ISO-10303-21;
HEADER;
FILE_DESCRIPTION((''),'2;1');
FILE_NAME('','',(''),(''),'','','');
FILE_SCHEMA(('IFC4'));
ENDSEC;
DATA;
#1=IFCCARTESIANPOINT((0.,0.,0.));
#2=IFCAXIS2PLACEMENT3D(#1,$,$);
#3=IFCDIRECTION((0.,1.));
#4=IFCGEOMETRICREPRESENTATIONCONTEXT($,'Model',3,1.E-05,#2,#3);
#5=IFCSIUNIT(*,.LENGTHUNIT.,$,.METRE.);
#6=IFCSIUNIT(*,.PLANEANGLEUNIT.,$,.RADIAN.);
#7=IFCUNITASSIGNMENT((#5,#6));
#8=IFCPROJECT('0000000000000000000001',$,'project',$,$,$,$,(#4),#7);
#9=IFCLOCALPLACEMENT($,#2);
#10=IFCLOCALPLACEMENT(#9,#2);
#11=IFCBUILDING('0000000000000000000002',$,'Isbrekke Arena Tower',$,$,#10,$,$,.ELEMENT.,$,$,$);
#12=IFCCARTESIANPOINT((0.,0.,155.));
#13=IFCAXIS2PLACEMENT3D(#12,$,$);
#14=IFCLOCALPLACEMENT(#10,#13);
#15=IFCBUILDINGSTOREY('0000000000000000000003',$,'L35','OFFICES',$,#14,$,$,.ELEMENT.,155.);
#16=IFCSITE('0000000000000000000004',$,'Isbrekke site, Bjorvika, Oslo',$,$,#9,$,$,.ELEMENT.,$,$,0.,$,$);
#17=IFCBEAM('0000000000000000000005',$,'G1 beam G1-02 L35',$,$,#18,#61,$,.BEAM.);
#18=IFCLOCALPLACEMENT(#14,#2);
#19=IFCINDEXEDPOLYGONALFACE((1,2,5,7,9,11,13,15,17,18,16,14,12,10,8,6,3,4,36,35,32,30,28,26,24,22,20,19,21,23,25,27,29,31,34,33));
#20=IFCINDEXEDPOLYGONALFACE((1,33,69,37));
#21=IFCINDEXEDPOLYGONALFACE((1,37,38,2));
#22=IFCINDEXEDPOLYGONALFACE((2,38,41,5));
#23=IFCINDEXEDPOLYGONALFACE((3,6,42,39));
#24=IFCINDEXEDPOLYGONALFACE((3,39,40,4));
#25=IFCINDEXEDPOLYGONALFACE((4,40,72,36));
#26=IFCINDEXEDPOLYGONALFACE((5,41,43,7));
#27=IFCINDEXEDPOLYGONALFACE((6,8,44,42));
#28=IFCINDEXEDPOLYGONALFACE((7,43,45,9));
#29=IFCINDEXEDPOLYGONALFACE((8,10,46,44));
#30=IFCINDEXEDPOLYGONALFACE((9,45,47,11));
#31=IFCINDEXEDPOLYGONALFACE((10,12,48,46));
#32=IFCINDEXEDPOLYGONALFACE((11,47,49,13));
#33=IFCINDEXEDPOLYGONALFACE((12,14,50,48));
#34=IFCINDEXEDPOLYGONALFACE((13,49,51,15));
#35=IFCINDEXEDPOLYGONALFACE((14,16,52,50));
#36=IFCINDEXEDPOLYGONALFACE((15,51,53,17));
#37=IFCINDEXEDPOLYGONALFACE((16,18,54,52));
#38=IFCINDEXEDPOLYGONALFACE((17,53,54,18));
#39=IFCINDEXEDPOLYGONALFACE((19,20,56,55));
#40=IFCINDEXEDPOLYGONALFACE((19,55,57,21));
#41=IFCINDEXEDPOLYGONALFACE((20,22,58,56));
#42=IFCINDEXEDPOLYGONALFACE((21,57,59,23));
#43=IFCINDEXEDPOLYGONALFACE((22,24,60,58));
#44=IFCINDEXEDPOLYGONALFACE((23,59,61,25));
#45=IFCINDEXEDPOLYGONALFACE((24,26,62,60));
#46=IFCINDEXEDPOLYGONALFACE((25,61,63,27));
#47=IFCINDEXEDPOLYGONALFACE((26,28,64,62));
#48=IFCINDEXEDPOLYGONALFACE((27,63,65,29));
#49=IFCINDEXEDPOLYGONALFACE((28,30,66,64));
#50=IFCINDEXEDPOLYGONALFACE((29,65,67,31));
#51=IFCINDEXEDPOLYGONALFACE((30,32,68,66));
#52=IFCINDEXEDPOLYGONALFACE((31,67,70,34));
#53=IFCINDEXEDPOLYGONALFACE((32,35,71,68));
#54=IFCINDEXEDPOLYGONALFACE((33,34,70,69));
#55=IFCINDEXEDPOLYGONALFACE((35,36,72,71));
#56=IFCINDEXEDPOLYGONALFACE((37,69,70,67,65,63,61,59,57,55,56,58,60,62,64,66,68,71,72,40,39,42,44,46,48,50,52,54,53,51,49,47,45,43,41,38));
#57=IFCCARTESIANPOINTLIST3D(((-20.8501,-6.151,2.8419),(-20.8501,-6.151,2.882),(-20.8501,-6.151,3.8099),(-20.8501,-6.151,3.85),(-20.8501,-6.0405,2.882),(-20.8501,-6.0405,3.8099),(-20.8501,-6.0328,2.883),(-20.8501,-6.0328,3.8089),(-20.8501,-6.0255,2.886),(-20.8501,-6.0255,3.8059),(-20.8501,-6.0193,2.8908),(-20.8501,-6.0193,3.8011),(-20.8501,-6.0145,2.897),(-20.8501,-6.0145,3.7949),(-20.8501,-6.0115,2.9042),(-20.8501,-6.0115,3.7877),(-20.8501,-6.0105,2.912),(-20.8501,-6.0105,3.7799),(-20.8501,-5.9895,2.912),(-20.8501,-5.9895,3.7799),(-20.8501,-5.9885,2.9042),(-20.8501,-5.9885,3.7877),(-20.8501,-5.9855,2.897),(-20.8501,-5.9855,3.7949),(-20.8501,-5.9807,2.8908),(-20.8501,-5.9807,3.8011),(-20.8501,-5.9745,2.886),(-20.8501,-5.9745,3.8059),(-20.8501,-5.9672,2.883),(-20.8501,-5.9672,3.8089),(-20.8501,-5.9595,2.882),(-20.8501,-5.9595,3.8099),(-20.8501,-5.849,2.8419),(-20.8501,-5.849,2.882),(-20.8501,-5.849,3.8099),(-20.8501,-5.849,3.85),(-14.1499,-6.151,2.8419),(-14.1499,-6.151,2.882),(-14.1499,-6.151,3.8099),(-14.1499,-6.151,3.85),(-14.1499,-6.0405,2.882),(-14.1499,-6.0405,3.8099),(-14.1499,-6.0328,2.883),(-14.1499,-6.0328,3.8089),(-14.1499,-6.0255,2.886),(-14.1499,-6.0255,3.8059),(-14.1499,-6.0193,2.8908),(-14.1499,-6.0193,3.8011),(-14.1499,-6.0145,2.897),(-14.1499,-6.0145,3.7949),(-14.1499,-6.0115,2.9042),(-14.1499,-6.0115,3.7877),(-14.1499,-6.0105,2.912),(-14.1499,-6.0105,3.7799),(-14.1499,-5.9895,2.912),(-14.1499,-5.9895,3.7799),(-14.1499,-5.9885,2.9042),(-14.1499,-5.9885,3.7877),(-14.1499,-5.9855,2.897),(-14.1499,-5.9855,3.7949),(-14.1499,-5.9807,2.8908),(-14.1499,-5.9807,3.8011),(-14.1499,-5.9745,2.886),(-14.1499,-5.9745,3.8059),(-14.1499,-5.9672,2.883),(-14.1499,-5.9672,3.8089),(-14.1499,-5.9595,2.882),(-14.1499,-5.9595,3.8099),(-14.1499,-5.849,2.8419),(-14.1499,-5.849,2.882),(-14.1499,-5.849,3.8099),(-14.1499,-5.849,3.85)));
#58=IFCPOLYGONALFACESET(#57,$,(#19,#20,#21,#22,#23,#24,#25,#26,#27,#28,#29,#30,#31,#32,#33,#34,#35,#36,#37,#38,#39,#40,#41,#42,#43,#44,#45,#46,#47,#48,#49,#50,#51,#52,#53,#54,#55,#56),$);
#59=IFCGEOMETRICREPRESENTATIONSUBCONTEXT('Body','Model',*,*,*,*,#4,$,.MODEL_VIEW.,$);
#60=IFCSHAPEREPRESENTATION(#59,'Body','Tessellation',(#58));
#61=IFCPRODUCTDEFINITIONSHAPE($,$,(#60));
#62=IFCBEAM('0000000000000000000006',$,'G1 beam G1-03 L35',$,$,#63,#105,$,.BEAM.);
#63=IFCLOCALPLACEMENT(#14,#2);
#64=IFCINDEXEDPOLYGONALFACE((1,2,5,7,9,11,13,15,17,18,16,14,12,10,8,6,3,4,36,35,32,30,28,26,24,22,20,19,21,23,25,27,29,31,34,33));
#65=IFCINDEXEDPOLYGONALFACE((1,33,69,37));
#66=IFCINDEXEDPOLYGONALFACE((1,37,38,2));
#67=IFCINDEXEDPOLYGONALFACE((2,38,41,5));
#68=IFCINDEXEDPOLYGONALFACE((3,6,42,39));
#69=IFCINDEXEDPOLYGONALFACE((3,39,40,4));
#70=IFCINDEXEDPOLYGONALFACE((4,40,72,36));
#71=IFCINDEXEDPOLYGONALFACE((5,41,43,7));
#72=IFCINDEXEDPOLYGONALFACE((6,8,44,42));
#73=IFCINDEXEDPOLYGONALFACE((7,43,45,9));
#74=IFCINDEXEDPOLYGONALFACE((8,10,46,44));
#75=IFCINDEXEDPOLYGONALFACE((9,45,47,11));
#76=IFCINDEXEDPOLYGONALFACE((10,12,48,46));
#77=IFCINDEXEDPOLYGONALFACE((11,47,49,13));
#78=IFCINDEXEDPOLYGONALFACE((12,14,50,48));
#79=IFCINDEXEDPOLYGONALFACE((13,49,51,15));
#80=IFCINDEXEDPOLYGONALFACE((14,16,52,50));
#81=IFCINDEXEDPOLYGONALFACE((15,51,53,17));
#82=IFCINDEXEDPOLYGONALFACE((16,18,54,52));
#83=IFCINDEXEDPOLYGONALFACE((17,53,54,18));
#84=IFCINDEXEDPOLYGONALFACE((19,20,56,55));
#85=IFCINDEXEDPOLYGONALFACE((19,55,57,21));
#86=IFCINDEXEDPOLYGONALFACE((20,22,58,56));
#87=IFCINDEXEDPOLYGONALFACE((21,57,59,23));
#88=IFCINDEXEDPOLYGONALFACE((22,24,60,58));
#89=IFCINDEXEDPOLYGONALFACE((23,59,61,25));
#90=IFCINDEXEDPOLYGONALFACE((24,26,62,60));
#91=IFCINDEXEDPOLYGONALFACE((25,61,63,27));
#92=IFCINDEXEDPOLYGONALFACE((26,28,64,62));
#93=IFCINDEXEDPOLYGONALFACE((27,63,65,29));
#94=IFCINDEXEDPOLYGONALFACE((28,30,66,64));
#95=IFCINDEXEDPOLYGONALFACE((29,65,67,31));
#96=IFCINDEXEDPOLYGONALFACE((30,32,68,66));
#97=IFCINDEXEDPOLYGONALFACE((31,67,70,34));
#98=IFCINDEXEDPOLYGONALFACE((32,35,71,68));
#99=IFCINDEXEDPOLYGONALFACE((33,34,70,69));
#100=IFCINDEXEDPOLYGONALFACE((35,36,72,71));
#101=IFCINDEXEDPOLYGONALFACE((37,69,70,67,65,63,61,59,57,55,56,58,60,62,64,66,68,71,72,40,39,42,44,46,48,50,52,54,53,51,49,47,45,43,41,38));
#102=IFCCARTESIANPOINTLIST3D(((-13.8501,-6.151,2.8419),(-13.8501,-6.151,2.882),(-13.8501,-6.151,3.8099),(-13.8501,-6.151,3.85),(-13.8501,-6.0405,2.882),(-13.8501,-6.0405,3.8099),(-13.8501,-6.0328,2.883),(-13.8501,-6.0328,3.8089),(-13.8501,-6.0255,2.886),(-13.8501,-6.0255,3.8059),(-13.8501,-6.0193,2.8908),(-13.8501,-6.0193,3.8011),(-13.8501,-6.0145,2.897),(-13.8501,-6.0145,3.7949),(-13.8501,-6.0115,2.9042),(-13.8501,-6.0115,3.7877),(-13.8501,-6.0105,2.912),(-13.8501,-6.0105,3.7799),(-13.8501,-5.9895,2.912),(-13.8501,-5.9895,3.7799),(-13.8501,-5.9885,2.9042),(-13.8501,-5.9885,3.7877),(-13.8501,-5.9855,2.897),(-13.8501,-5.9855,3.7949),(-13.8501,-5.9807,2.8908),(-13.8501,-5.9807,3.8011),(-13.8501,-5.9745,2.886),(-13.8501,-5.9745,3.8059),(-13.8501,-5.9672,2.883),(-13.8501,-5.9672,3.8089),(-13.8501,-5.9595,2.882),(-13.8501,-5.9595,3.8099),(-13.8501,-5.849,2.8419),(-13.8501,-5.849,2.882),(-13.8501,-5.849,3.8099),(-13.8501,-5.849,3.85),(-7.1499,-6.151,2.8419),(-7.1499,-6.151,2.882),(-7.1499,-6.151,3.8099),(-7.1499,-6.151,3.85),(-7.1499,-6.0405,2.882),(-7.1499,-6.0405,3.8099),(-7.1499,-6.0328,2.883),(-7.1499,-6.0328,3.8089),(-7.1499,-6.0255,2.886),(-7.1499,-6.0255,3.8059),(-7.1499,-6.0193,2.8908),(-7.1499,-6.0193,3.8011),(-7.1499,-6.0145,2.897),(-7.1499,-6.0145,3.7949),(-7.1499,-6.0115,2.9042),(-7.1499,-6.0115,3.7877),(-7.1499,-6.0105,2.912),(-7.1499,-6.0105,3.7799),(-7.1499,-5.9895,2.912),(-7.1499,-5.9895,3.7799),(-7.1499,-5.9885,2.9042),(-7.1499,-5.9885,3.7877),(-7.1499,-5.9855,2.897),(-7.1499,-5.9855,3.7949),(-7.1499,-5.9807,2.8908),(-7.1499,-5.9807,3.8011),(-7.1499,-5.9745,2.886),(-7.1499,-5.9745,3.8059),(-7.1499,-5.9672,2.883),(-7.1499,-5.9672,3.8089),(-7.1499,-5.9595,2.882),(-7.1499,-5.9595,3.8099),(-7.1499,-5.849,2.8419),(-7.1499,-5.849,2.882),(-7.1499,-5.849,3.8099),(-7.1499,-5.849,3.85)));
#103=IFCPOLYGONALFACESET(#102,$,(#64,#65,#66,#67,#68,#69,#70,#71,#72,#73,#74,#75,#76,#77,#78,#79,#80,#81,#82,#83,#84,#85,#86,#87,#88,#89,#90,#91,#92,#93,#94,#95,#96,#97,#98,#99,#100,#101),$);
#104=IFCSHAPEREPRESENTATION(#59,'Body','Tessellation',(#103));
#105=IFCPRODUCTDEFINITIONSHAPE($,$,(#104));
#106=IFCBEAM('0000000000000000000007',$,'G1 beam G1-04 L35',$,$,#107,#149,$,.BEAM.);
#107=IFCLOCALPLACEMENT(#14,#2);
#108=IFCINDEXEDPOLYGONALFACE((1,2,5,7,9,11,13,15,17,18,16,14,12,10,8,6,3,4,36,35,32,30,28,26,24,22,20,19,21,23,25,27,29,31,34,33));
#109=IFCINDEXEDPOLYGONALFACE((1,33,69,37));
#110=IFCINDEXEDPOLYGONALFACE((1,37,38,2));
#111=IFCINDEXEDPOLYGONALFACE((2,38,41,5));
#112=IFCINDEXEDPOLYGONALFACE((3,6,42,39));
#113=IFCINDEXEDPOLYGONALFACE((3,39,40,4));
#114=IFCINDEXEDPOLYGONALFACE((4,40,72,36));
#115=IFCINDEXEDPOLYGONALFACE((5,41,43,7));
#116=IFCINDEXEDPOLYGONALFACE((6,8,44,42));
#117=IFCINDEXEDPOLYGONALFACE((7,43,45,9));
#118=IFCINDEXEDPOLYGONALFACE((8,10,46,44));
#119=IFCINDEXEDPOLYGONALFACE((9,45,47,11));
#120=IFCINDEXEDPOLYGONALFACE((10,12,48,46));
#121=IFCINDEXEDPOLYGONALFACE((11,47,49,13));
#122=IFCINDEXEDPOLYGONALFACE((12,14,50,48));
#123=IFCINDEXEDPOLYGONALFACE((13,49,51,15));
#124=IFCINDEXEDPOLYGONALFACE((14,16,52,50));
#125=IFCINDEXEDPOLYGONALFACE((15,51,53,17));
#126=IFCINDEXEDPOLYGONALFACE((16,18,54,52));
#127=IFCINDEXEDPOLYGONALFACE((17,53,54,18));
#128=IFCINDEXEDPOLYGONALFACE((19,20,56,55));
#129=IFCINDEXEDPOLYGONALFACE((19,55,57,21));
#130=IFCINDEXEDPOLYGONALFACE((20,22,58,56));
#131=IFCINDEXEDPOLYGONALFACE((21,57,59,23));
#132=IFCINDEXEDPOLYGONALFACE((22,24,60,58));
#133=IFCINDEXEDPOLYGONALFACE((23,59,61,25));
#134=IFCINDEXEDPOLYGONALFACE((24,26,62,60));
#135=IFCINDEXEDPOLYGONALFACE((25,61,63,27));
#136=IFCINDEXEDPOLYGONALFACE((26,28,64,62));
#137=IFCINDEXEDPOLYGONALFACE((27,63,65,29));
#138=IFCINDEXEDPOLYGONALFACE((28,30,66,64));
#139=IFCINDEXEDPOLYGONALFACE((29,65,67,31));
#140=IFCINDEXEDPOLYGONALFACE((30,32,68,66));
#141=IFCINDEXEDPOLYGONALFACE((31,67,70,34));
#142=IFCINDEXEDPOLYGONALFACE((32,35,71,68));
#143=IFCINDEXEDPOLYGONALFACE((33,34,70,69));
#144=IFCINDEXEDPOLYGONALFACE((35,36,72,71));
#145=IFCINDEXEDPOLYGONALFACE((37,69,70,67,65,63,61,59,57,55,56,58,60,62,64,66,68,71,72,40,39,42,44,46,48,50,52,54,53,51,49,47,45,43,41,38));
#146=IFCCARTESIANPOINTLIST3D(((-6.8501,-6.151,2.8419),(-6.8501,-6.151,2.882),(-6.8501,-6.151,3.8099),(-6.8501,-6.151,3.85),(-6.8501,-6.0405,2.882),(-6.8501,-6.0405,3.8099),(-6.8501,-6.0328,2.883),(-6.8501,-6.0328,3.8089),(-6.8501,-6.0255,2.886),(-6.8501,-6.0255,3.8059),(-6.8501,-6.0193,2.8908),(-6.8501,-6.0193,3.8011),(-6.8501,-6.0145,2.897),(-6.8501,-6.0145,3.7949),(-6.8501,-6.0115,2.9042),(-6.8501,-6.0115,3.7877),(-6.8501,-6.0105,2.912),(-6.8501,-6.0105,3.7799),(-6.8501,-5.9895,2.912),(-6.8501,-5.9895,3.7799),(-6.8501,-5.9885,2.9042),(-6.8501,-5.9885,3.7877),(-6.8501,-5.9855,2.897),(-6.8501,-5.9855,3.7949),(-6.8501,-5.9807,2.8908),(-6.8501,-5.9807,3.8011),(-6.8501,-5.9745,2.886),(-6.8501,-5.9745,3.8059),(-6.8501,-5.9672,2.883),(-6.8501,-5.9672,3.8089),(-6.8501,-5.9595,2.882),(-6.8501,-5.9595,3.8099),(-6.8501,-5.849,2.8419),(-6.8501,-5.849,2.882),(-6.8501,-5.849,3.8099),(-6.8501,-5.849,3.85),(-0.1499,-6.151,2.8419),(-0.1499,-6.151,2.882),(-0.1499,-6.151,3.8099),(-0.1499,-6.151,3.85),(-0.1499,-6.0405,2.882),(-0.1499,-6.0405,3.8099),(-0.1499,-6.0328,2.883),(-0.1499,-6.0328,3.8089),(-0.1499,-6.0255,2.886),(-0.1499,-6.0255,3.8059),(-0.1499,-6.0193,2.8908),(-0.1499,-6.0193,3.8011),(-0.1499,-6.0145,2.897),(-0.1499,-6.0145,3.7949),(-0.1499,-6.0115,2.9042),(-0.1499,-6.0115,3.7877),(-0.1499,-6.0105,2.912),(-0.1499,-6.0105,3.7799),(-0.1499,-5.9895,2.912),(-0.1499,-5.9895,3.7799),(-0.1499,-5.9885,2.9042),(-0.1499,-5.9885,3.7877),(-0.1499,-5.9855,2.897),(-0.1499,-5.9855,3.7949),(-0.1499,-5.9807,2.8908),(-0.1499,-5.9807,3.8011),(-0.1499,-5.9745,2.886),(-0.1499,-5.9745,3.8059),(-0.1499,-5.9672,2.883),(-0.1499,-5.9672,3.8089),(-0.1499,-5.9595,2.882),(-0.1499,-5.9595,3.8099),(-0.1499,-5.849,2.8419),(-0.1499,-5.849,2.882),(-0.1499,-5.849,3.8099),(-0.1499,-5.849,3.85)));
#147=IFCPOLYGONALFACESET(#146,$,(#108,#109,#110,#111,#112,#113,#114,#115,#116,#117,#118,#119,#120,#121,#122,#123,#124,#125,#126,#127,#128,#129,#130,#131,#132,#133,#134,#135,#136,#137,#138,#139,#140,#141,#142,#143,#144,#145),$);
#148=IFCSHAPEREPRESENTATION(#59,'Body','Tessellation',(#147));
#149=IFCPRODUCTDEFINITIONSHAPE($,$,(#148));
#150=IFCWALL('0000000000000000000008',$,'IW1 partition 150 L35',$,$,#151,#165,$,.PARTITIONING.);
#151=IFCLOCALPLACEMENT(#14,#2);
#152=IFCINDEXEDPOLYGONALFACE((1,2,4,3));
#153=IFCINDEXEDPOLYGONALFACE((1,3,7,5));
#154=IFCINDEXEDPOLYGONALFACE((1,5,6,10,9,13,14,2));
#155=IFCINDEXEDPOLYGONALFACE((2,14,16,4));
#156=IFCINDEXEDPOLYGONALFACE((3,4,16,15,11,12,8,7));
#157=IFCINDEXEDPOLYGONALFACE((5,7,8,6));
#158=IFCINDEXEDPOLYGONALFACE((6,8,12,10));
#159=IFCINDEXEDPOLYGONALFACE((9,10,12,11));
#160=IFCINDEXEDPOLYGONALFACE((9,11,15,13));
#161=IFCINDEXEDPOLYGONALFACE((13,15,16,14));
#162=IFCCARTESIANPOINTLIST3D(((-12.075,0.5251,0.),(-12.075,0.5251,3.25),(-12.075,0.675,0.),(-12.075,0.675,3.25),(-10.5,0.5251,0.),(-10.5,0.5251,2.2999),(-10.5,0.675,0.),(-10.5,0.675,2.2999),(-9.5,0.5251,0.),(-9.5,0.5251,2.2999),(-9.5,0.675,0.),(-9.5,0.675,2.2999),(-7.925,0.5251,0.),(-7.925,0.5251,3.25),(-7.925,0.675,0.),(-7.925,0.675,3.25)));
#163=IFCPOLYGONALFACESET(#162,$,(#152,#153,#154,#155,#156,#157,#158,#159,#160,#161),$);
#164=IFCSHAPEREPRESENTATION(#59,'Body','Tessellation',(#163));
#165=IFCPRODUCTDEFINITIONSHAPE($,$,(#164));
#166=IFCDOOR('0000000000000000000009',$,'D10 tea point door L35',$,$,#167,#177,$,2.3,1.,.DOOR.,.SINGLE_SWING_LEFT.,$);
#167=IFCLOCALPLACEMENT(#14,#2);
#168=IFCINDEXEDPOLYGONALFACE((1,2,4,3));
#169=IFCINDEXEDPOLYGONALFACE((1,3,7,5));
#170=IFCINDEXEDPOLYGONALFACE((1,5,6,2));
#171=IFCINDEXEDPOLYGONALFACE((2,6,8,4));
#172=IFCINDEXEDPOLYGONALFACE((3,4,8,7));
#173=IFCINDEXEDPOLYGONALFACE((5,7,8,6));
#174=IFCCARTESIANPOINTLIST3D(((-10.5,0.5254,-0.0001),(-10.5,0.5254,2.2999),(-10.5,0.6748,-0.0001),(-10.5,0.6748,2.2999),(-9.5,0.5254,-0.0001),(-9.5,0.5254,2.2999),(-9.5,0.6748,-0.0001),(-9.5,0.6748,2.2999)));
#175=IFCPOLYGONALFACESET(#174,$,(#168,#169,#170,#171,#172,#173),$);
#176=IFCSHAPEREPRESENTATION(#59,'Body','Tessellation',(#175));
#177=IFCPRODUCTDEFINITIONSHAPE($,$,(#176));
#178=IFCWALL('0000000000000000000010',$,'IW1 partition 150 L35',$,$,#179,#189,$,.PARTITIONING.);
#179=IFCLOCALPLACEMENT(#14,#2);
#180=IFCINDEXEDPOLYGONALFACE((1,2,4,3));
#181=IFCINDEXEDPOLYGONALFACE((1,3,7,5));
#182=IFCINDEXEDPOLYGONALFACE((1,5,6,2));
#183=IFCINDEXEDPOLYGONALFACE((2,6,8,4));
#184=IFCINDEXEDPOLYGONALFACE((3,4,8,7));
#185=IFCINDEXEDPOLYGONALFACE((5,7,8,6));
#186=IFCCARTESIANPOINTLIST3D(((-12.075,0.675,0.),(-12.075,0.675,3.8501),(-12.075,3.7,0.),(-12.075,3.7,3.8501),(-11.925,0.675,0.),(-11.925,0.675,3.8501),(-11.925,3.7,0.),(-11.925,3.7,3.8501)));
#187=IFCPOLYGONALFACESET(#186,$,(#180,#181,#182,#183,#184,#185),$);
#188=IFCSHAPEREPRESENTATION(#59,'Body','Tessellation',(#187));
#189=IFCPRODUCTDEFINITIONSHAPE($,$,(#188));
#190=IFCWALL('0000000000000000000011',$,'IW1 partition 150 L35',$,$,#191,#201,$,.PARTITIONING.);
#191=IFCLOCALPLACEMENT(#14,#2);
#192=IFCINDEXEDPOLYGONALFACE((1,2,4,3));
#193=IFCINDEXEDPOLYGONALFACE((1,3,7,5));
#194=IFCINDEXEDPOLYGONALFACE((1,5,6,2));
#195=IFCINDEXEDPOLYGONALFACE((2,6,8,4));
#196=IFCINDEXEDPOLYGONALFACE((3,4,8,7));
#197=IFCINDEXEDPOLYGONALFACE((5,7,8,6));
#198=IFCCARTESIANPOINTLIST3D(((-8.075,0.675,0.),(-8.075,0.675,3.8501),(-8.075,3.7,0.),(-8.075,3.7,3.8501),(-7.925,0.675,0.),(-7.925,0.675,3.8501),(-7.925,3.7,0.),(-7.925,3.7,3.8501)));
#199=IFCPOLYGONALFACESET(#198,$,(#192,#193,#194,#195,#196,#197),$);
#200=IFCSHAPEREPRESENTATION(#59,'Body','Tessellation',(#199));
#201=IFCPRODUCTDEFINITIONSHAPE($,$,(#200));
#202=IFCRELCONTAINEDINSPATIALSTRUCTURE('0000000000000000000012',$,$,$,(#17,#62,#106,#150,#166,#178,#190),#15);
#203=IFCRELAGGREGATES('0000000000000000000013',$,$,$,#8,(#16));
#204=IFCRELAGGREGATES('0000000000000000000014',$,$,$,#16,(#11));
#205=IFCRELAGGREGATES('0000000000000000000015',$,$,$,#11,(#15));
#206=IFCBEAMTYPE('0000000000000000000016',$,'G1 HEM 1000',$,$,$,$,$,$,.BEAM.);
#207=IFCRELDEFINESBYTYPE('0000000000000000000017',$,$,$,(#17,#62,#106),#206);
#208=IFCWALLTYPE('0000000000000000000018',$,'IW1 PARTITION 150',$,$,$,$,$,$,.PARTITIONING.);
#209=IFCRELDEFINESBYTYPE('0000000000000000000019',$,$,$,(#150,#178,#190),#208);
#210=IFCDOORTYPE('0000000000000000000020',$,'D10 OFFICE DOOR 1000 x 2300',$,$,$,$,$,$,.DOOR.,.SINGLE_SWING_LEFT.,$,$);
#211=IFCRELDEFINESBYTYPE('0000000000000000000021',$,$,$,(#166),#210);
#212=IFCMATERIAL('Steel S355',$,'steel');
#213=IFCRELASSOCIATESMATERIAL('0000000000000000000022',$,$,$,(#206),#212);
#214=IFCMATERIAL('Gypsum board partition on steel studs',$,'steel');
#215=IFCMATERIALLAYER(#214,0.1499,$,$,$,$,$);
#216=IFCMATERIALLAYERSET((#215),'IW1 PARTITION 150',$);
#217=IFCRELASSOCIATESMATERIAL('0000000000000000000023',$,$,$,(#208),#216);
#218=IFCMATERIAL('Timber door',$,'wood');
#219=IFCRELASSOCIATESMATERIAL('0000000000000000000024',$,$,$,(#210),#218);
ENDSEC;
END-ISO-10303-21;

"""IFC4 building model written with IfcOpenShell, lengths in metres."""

from ifc_helpers import new_model, si_unit, direction, frame, frame_2d, origin, origin_2d, place, context, subcontext, project, spatial, rectangle, i_section, extrude, material, layer, layer_set, material_profile, profile_set, type_object, element, fill, save


model = new_model("IFC4")

# Units and contexts
model_context = context("Model", 3, precision=1e-05, world=origin(), true_north=direction((0.0, 1.0)))
body_context = subcontext(model_context, "Body", "Model", "MODEL_VIEW")
ifc_project = project(units=[si_unit("LENGTHUNIT", "METRE"), si_unit("PLANEANGLEUNIT", "RADIAN")], contexts=[model_context])

# Site, building, storey
site_placement = place(None, origin())
site = spatial("IfcSite", under=ifc_project, at=site_placement, Name="Isbrekke site, Bjorvika, Oslo", CompositionType="ELEMENT", RefElevation=0.0)
building_placement = place(site_placement, origin())
building = spatial("IfcBuilding", under=site, at=building_placement, Name="Isbrekke Arena Tower", CompositionType="ELEMENT")
storey_placement = place(building_placement, frame((0.0, 0.0, 155.0)))
storey = spatial("IfcBuildingStorey", under=building, at=storey_placement, Name="L35", Description="OFFICES", CompositionType="ELEMENT", Elevation=155.0)

# Beams
ifc_material_1 = material(Name="Steel S355", Category="steel")
ifc_material_profile_1 = material_profile(ifc_material_1, i_section(OverallWidth=0.302, OverallDepth=1.0081, WebThickness=0.021, FlangeThickness=0.04, FilletRadius=0.03, at=origin_2d()), Name="HEM 1000")
ifc_profile_set_1 = profile_set([ifc_material_profile_1], Name="Steel S355")
beam_type_1 = type_object("IfcBeamType", Name="G1 HEM 1000", PredefinedType="BEAM", material=ifc_profile_set_1)
for number, where, z_axis, x_axis, name in (
    (1, (-20.8501, -6.0, 3.3459), (1.0, 0.0, 0.0), (0.0, 1.0, 0.0), "G1 beam G1-02 L35"),
    (2, (-13.8501, -6.0, 3.3459), (1.0, 0.0, 0.0), (0.0, 1.0, 0.0), "G1 beam G1-03 L35"),
    (3, (-6.8501, -6.0, 3.3459), (1.0, 0.0, 0.0), (0.0, 1.0, 0.0), "G1 beam G1-04 L35"),
):
    element("IfcBeam", number, at=place(storey_placement, frame(where, z_axis=z_axis, x_axis=x_axis)), inside=storey, type_object=beam_type_1, Name=name, PredefinedType="BEAM", context=body_context, shape_type="SweptSolid", body=[
        extrude(i_section(OverallWidth=0.302, OverallDepth=1.0081, WebThickness=0.021, FlangeThickness=0.04, FilletRadius=0.03, at=origin_2d()), origin(), (0.0, 0.0, 1.0), 6.7002),
    ])

# Wall, opening, door
ifc_material_2 = material(Name="Gypsum board partition on steel studs", Category="steel")
ifc_layer_1 = layer(ifc_material_2, 0.1499)
ifc_layer_set_1 = layer_set([ifc_layer_1], Name="IW1 PARTITION 150")
wall_type_1 = type_object("IfcWallType", Name="IW1 PARTITION 150", PredefinedType="PARTITIONING", material=ifc_layer_set_1)
wall_1_placement = place(storey_placement, frame((-12.075, 0.6001, 0.0), z_axis=(0.0, 0.0, 1.0), x_axis=(1.0, 0.0, 0.0)))
wall_1 = element("IfcWall", 4, at=wall_1_placement, inside=storey, type_object=wall_type_1, Name="IW1 partition 150 L35", PredefinedType="PARTITIONING", context=body_context, shape_type="SweptSolid", body=[
    extrude(rectangle(XDim=4.1499, YDim=0.1499, at=frame_2d((2.075, 0.0))), origin(), (0.0, 0.0, 1.0), 3.25),
])
opening_1_placement = place(wall_1_placement, frame((1.575, 0.0, 0.0)))
opening_1 = element("IfcOpeningElement", 5, at=opening_1_placement, cuts=wall_1, PredefinedType="OPENING", context=body_context, shape_type="SweptSolid", body=[
    extrude(rectangle(XDim=1.0, YDim=2.3, at=frame_2d((0.5, 1.1499))), frame((0.0, 0.0898, 0.0), z_axis=(0.0, -1.0, 0.0), x_axis=(1.0, 0.0, 0.0)), (0.0, 0.0, 1.0), 0.1797),
])
ifc_material_3 = material(Name="Timber door", Category="wood")
door_type_1 = type_object("IfcDoorType", Name="D10 OFFICE DOOR 1000 x 2300", OperationType="SINGLE_SWING_LEFT", PredefinedType="DOOR", material=ifc_material_3)
door_1_placement = place(opening_1_placement, origin())
door_1 = element("IfcDoor", 6, at=door_1_placement, inside=storey, type_object=door_type_1, Name="D10 tea point door L35", OperationType="SINGLE_SWING_LEFT", OverallHeight=2.3, OverallWidth=1.0, PredefinedType="DOOR", context=body_context, shape_type="SweptSolid", body=[
    extrude(rectangle(XDim=1.0, YDim=2.3, at=frame_2d((0.5, 1.1499))), frame((0.0, 0.0747, 0.0), z_axis=(0.0, -1.0, 0.0), x_axis=(1.0, 0.0, 0.0)), (0.0, 0.0, 1.0), 0.1494),
])
fill(opening_1, door_1)

# Walls
for number, where, z_axis, x_axis, name in (
    (7, (-12.0, 0.675, 0.0), (0.0, 0.0, 1.0), (0.0, 1.0, 0.0), "IW1 partition 150 L35"),
    (8, (-8.0, 0.675, 0.0), (0.0, 0.0, 1.0), (0.0, 1.0, 0.0), "IW1 partition 150 L35"),
):
    element("IfcWall", number, at=place(storey_placement, frame(where, z_axis=z_axis, x_axis=x_axis)), inside=storey, type_object=wall_type_1, Name=name, PredefinedType="PARTITIONING", context=body_context, shape_type="SweptSolid", body=[
        extrude(rectangle(XDim=3.0249, YDim=0.1499, at=frame_2d((1.5125, 0.0))), origin(), (0.0, 0.0, 1.0), 3.8501),
    ])

save(model, "model.ifc")
